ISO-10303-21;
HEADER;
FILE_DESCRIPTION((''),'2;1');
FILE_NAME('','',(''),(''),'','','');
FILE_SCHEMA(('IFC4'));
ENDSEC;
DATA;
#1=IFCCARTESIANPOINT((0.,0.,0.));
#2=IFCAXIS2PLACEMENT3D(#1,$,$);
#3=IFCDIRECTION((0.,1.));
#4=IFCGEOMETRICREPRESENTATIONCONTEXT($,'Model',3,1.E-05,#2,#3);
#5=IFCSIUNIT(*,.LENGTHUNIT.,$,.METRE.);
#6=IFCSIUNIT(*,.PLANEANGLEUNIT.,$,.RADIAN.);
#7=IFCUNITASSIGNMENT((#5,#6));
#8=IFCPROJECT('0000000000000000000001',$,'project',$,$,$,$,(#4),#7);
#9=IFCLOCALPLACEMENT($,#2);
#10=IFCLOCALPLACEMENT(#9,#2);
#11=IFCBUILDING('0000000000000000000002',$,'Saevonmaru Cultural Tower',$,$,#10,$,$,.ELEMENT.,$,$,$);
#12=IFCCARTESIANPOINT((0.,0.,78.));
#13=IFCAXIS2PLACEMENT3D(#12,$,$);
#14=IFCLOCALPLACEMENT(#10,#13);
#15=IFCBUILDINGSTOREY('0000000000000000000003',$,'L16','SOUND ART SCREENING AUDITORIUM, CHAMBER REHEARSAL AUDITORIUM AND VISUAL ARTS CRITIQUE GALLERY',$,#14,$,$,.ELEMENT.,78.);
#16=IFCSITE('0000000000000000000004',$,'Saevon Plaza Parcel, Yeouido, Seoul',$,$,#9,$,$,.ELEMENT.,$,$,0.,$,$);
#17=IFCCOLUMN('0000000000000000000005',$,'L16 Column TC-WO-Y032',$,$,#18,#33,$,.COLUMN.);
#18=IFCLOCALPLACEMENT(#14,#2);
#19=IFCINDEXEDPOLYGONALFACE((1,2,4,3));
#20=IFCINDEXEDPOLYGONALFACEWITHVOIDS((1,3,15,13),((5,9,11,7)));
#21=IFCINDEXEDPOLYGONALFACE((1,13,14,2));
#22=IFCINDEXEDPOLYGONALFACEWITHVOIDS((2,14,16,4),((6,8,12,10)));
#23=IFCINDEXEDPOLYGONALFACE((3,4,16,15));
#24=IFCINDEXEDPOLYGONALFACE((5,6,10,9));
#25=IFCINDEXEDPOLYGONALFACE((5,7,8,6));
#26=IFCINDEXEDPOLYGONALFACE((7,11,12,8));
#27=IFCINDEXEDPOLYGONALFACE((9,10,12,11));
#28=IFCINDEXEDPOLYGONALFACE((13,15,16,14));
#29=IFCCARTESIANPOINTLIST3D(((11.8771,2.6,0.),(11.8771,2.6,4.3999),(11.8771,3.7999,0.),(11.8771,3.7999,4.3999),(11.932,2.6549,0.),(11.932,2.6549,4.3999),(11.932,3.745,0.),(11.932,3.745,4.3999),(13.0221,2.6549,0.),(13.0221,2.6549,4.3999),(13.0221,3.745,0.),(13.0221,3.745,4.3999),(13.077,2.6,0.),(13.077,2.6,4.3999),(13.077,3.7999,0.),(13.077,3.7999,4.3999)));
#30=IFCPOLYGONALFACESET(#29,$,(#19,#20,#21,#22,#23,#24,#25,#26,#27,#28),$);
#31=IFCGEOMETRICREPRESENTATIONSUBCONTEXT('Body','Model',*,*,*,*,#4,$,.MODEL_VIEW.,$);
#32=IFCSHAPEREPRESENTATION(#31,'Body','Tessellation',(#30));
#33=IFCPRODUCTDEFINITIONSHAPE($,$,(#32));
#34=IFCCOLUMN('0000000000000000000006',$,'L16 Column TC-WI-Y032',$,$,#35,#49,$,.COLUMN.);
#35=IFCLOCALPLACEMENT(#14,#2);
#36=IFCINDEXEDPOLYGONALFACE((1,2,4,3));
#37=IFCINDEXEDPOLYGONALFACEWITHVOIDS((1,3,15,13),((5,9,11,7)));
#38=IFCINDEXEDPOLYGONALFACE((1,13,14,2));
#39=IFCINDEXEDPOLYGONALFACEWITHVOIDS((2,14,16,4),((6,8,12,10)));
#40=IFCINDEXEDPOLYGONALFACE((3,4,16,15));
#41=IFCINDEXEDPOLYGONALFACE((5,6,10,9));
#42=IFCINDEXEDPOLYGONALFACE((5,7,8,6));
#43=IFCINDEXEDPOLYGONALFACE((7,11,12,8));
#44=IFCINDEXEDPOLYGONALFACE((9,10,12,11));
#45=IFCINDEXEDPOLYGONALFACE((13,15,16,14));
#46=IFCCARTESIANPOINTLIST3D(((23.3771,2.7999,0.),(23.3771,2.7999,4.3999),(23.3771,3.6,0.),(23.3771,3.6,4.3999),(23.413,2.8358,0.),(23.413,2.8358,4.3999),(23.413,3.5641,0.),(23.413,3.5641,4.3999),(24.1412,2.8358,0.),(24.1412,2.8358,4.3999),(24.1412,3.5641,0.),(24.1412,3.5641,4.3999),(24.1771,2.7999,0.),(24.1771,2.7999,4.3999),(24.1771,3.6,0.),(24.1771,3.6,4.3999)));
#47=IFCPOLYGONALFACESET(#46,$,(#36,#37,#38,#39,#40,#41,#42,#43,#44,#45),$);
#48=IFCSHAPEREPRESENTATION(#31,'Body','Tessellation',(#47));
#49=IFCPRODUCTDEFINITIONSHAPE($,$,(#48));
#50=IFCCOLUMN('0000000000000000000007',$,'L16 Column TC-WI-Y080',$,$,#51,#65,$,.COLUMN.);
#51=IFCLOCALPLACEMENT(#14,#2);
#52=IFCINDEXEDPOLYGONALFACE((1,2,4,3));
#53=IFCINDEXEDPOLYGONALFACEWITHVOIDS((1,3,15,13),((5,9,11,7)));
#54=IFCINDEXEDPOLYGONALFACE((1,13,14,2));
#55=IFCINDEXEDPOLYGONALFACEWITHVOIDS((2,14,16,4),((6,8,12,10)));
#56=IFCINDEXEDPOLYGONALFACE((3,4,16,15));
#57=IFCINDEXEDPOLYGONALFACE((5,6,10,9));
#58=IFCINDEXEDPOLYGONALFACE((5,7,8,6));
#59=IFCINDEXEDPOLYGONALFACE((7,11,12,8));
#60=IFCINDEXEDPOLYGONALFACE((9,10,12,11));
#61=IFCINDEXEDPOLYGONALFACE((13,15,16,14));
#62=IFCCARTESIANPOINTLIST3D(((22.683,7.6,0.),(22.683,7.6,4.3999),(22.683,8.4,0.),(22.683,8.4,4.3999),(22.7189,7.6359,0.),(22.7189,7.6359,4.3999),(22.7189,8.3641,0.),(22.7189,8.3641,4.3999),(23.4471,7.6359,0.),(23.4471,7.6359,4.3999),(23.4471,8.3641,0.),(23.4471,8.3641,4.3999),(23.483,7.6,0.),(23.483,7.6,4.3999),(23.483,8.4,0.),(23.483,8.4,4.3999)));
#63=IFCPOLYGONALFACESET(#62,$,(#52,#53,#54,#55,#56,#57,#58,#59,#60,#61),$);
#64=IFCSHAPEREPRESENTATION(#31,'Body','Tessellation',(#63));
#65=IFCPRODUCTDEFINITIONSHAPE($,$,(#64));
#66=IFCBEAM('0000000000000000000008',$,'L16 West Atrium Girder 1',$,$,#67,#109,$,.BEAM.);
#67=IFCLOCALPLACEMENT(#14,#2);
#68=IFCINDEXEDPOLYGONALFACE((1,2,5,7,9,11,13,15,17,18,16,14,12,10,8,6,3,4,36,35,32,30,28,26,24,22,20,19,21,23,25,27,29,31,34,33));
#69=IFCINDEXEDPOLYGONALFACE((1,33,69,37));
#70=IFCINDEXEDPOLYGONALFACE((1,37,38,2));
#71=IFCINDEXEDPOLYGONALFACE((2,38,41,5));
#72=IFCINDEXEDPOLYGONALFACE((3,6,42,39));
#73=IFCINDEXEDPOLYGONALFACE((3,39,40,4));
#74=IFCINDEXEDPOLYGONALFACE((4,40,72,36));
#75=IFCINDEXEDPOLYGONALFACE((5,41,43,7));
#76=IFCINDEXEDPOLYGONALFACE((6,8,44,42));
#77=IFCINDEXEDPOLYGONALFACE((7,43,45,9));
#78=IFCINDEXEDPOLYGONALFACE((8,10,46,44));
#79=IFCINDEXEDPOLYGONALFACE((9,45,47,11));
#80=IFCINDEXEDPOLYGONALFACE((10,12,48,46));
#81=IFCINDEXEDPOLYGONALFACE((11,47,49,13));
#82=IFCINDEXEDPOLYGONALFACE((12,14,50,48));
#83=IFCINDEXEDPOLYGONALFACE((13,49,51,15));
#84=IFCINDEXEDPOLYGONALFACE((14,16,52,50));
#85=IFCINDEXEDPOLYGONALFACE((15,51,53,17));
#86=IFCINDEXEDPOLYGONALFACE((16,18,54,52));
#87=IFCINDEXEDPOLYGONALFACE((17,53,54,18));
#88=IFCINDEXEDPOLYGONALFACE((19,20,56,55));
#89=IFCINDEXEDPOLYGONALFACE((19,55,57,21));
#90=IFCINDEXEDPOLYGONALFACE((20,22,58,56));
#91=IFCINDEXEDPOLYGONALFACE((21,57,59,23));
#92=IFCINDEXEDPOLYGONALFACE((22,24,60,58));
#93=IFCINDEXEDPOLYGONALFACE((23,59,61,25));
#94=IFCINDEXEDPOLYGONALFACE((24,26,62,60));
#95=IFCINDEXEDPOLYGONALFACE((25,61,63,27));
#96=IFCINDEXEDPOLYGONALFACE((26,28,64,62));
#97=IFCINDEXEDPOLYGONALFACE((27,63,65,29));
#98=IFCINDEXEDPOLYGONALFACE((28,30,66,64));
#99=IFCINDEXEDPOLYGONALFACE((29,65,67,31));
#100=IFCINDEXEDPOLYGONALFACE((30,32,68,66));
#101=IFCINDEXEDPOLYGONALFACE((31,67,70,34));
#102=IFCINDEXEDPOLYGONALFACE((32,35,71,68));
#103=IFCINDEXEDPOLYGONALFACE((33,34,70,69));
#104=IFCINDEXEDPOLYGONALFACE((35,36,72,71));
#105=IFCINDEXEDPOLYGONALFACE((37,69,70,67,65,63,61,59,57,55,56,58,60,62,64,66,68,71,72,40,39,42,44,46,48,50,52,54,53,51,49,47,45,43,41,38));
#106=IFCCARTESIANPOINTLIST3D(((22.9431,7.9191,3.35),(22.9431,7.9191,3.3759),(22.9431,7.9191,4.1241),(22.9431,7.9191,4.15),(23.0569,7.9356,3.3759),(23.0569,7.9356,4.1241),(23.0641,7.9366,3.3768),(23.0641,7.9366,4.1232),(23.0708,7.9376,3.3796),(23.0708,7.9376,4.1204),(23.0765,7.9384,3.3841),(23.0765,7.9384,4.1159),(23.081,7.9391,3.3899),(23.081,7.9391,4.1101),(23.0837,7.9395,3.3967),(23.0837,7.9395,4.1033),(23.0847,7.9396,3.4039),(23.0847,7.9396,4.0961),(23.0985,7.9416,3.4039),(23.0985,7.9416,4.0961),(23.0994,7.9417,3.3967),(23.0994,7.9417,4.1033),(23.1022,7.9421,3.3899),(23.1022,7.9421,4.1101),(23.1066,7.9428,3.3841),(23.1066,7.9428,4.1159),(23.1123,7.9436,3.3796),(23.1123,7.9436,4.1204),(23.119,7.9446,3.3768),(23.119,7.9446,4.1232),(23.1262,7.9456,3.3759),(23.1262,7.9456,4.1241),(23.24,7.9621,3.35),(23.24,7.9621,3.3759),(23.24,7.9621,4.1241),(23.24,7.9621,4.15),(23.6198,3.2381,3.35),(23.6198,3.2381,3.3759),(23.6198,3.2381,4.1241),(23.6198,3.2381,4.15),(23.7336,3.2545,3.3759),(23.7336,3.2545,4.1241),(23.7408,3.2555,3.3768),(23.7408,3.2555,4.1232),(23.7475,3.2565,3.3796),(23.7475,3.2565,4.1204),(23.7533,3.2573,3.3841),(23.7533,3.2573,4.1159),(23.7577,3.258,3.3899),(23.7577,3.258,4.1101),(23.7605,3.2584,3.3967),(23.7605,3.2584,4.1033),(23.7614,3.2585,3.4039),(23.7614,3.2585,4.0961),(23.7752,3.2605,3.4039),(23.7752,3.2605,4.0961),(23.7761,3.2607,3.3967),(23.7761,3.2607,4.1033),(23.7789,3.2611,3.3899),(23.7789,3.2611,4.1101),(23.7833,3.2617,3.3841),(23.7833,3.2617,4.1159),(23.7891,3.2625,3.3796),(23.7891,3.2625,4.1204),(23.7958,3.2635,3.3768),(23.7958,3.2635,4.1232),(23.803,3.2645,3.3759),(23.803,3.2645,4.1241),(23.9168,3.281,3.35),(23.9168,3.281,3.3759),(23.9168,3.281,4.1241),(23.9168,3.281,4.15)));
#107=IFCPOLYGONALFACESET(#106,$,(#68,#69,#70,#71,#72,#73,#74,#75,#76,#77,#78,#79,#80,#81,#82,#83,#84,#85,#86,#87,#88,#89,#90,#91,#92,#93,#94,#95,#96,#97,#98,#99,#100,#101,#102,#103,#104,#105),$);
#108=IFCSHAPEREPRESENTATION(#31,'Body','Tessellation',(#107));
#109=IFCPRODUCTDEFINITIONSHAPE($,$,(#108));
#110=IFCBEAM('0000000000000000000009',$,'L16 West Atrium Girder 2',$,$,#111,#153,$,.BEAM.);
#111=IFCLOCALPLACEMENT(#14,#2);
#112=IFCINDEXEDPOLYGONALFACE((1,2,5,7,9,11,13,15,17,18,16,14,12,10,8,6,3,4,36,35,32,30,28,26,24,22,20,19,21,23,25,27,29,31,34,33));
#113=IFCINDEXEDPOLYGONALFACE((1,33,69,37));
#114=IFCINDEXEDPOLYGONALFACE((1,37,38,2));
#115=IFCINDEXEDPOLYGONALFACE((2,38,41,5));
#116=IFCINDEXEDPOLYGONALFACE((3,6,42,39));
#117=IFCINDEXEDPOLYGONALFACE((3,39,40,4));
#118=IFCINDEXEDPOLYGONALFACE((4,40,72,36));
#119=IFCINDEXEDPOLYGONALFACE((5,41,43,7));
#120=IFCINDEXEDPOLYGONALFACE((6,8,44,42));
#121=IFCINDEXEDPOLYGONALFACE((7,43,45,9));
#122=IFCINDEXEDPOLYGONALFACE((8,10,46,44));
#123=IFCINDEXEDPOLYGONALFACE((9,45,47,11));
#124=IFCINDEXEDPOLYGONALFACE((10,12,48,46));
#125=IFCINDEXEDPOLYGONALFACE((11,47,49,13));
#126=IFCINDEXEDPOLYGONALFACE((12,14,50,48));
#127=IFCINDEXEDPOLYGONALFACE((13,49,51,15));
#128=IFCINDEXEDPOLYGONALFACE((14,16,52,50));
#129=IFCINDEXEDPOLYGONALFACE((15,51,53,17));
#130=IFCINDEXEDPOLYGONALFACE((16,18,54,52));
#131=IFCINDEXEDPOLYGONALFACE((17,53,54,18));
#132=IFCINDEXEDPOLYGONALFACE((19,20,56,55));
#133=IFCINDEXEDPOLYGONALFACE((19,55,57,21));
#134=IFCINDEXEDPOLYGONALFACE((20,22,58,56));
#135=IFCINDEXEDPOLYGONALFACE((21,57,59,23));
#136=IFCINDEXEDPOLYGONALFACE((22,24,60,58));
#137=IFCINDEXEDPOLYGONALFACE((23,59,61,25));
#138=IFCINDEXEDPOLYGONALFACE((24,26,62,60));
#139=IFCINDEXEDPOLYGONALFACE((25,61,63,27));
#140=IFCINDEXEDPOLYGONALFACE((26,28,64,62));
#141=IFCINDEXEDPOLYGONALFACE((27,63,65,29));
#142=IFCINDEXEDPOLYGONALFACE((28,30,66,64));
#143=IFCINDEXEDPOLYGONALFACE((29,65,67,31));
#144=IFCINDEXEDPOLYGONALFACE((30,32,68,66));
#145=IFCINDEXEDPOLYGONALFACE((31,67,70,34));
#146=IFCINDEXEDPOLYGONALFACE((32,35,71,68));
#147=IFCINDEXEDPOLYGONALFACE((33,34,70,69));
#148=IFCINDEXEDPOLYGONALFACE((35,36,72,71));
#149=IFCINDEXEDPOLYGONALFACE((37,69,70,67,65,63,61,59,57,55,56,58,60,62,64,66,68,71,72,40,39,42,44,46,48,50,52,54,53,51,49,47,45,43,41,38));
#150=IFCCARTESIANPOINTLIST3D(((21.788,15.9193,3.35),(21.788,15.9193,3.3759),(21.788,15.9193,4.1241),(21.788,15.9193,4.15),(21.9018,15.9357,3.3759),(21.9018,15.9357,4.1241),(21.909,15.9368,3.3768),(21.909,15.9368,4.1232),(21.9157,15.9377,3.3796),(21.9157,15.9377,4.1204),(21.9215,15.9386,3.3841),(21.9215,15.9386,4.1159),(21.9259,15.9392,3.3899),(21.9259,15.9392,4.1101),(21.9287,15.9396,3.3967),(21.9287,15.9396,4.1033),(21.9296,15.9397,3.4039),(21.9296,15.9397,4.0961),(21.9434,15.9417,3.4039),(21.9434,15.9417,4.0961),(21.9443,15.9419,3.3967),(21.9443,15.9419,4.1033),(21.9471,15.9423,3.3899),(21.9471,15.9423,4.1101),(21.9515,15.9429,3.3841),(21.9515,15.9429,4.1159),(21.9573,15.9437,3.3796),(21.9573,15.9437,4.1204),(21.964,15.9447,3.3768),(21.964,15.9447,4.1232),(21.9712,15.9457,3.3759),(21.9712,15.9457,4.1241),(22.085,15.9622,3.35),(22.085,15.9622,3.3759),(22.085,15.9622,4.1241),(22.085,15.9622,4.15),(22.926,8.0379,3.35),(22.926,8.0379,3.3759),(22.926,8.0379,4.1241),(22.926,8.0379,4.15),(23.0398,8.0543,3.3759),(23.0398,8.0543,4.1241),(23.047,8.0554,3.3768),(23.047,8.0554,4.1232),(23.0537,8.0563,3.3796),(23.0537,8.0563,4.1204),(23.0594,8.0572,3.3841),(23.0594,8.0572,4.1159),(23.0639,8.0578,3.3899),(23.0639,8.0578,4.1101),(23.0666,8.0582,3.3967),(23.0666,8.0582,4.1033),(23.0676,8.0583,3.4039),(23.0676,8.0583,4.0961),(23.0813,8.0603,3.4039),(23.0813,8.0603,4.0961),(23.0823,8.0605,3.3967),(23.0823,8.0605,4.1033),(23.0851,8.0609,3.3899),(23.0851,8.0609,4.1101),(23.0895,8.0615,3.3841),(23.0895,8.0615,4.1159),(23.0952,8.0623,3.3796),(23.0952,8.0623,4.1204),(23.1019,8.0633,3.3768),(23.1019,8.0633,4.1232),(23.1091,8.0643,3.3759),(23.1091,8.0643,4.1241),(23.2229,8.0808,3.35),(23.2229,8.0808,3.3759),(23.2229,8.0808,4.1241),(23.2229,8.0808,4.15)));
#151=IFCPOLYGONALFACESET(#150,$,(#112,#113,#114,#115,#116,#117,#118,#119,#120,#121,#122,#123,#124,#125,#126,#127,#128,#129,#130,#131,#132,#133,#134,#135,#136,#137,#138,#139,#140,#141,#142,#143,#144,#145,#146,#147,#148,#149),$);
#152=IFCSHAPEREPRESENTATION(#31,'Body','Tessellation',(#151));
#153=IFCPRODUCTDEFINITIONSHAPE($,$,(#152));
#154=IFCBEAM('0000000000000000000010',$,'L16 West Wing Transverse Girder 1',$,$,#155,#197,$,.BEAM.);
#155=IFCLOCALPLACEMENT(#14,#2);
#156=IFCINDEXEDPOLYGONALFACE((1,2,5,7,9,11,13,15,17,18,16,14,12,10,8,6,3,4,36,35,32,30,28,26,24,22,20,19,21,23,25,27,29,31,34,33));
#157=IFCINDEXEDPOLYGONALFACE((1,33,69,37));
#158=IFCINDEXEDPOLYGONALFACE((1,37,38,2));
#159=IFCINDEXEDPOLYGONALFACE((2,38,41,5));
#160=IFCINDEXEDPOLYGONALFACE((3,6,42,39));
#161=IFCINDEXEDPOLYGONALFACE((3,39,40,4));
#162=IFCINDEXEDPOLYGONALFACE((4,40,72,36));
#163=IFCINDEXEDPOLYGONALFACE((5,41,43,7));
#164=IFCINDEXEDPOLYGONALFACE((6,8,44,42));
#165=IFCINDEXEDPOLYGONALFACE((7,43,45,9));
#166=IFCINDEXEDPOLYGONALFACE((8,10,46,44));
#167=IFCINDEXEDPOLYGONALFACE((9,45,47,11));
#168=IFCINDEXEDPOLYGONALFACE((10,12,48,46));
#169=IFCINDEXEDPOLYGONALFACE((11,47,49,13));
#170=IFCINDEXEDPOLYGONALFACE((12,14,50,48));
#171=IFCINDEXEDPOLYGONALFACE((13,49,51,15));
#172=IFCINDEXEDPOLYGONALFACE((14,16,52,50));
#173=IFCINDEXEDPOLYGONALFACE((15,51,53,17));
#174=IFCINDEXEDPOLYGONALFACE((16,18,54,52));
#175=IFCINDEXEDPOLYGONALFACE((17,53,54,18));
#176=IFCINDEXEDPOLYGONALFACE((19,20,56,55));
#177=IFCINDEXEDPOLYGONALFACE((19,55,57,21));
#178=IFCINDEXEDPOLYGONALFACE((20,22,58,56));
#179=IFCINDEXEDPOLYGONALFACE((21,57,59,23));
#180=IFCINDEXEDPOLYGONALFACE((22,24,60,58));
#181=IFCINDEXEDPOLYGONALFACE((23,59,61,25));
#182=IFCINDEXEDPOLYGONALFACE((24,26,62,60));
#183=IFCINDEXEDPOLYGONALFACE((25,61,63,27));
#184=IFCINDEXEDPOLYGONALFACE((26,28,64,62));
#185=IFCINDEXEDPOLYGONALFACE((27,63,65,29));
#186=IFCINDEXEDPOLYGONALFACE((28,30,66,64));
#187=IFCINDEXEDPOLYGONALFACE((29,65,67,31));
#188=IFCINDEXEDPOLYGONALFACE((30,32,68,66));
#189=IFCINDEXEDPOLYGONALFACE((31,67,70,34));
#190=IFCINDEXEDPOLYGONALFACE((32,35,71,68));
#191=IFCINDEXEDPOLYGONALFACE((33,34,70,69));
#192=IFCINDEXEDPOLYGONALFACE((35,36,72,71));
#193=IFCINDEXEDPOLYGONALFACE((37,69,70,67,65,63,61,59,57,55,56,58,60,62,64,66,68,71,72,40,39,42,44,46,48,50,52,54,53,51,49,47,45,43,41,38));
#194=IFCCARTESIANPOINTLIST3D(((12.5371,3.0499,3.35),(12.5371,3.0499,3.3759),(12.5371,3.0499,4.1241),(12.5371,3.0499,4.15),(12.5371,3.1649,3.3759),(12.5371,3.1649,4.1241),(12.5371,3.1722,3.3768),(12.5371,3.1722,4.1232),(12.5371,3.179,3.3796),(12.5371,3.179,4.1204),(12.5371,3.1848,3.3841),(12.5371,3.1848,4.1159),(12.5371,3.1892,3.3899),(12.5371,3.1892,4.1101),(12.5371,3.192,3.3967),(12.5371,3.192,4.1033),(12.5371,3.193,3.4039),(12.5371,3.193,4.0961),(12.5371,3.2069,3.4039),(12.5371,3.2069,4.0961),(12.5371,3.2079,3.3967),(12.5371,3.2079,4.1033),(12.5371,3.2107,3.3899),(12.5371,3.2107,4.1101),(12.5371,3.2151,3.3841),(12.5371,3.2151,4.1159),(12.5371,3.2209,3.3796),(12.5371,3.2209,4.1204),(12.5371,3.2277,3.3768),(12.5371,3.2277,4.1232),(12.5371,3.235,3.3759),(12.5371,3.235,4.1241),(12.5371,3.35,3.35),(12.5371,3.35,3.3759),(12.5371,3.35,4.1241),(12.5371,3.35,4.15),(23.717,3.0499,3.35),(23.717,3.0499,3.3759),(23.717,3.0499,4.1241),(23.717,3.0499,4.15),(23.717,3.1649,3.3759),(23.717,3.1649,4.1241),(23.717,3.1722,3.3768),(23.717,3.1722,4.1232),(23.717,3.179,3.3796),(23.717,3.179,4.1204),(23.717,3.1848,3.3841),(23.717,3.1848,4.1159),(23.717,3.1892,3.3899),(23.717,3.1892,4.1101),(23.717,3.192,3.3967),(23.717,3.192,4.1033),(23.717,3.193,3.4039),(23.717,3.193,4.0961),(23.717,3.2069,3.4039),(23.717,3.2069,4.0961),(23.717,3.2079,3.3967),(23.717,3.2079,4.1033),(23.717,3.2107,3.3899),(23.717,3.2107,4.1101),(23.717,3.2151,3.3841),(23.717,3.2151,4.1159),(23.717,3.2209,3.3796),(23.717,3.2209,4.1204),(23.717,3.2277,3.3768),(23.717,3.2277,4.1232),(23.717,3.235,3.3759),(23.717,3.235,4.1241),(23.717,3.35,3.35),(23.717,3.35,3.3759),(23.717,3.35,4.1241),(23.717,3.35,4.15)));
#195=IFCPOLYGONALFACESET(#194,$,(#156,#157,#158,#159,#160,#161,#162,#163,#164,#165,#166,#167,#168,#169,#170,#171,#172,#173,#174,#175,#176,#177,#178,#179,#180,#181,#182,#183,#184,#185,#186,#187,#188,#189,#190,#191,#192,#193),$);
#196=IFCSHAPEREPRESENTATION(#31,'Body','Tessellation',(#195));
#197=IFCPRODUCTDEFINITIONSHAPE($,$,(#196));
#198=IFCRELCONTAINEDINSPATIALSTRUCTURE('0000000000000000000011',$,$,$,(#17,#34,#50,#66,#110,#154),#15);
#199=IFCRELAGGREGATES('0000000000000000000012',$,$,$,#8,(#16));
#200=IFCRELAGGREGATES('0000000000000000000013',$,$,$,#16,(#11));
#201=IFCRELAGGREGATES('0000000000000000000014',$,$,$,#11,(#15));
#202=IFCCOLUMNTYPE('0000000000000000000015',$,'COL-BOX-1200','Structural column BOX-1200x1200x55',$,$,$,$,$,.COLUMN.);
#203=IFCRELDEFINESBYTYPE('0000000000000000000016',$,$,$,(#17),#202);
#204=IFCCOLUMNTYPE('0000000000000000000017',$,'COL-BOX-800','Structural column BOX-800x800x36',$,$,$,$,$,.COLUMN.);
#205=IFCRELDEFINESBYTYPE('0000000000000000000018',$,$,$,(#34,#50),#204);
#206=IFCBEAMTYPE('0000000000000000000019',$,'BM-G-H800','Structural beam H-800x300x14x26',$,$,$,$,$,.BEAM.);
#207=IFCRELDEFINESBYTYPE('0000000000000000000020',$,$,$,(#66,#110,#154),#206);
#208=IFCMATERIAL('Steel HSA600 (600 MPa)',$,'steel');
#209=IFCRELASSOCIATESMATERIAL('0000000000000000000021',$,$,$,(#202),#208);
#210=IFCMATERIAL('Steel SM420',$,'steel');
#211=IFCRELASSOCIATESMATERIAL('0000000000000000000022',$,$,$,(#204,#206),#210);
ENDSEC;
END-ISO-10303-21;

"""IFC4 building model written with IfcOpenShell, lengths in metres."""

from ifc_helpers import new_model, si_unit, direction, frame, origin, origin_2d, place, context, subcontext, project, spatial, hollow_rectangle, i_section, extrude, material, material_profile, profile_set, type_object, element, save


model = new_model("IFC4")

# Units and contexts
model_context = context("Model", 3, precision=1e-05, world=origin(), true_north=direction((0.0, 1.0)))
body_context = subcontext(model_context, "Body", "Model", "MODEL_VIEW")
ifc_project = project(units=[si_unit("LENGTHUNIT", "METRE"), si_unit("PLANEANGLEUNIT", "RADIAN")], contexts=[model_context])

# Site, building, storey
site_placement = place(None, origin())
site = spatial("IfcSite", under=ifc_project, at=site_placement, Name="Saevon Plaza Parcel, Yeouido, Seoul", CompositionType="ELEMENT", RefElevation=0.0)
building_placement = place(site_placement, origin())
building = spatial("IfcBuilding", under=site, at=building_placement, Name="Saevonmaru Cultural Tower", CompositionType="ELEMENT")
storey_placement = place(building_placement, frame((0.0, 0.0, 78.0)))
storey = spatial("IfcBuildingStorey", under=building, at=storey_placement, Name="L16", Description="SOUND ART SCREENING AUDITORIUM, CHAMBER REHEARSAL AUDITORIUM AND VISUAL ARTS CRITIQUE GALLERY", CompositionType="ELEMENT", Elevation=78.0)

# Columns
ifc_material_1 = material(Name="Steel HSA600 (600 MPa)", Category="steel")
ifc_material_profile_1 = material_profile(ifc_material_1, hollow_rectangle(XDim=1.2, YDim=1.2, WallThickness=0.0549, at=origin_2d()), Name="BOX-1200x1200x55")
ifc_profile_set_1 = profile_set([ifc_material_profile_1], Name="Steel HSA600 (600 MPa)")
column_type_1 = type_object("IfcColumnType", Name="COL-BOX-1200", Description="Structural column BOX-1200x1200x55", PredefinedType="COLUMN", material=ifc_profile_set_1)
column_placement = place(storey_placement, frame((12.4771, 3.2, 0.0), z_axis=(0.0, 0.0, 1.0), x_axis=(1.0, 0.0, 0.0)))
element("IfcColumn", 1, at=column_placement, inside=storey, type_object=column_type_1, Name="L16 Column TC-WO-Y032", PredefinedType="COLUMN", context=body_context, shape_type="SweptSolid", body=[
    extrude(hollow_rectangle(XDim=1.2, YDim=1.2, WallThickness=0.0549, at=origin_2d()), origin(), (0.0, 0.0, 1.0), 4.3999),
])
ifc_material_2 = material(Name="Steel SM420", Category="steel")
ifc_material_profile_2 = material_profile(ifc_material_2, hollow_rectangle(XDim=0.8, YDim=0.8, WallThickness=0.0359, at=origin_2d()), Name="BOX-800x800x36")
ifc_profile_set_2 = profile_set([ifc_material_profile_2], Name="Steel SM420")
column_type_2 = type_object("IfcColumnType", Name="COL-BOX-800", Description="Structural column BOX-800x800x36", PredefinedType="COLUMN", material=ifc_profile_set_2)
for number, where, z_axis, x_axis, name in (
    (2, (23.7771, 3.2, 0.0), (0.0, 0.0, 1.0), (1.0, 0.0, 0.0), "L16 Column TC-WI-Y032"),
    (3, (23.083, 8.0, 0.0), (0.0, 0.0, 1.0), (1.0, 0.0, 0.0), "L16 Column TC-WI-Y080"),
):
    element("IfcColumn", number, at=place(storey_placement, frame(where, z_axis=z_axis, x_axis=x_axis)), inside=storey, type_object=column_type_2, Name=name, PredefinedType="COLUMN", context=body_context, shape_type="SweptSolid", body=[
        extrude(hollow_rectangle(XDim=0.8, YDim=0.8, WallThickness=0.0359, at=origin_2d()), origin(), (0.0, 0.0, 1.0), 4.3999),
    ])

# Beams
ifc_material_profile_3 = material_profile(ifc_material_2, i_section(OverallWidth=0.3, OverallDepth=0.8, WebThickness=0.0139, FlangeThickness=0.0259, FilletRadius=0.0281, at=origin_2d()), Name="H-800x300x14x26")
ifc_profile_set_3 = profile_set([ifc_material_profile_3], Name="Steel SM420")
beam_type_1 = type_object("IfcBeamType", Name="BM-G-H800", Description="Structural beam H-800x300x14x26", PredefinedType="BEAM", material=ifc_profile_set_3)
beam_1_placement = place(storey_placement, frame((23.7683, 3.2595, 3.75), z_axis=(-0.143083, 0.989711, 0.0), x_axis=(-0.989711, -0.143083, 0.0)))
element("IfcBeam", 4, at=beam_1_placement, inside=storey, type_object=beam_type_1, Name="L16 West Atrium Girder 1", PredefinedType="BEAM", context=body_context, shape_type="SweptSolid", body=[
    extrude(i_section(OverallWidth=0.3, OverallDepth=0.8, WebThickness=0.0139, FlangeThickness=0.0259, FilletRadius=0.0281, at=origin_2d()), origin(), (0.0, 0.0, 1.0), 4.7297),
])
beam_2_placement = place(storey_placement, frame((23.0745, 8.0593, 3.75), z_axis=(-0.142902, 0.989737, 0.0), x_axis=(-0.989737, -0.142902, 0.0)))
element("IfcBeam", 5, at=beam_2_placement, inside=storey, type_object=beam_type_1, Name="L16 West Atrium Girder 2", PredefinedType="BEAM", context=body_context, shape_type="SweptSolid", body=[
    extrude(i_section(OverallWidth=0.3, OverallDepth=0.8, WebThickness=0.0139, FlangeThickness=0.0259, FilletRadius=0.0281, at=origin_2d()), origin(), (0.0, 0.0, 1.0), 7.9631),
])
beam_3_placement = place(storey_placement, frame((12.5371, 3.2, 3.75), z_axis=(1.0, 0.0, 0.0), x_axis=(0.0, 1.0, 0.0)))
element("IfcBeam", 6, at=beam_3_placement, inside=storey, type_object=beam_type_1, Name="L16 West Wing Transverse Girder 1", PredefinedType="BEAM", context=body_context, shape_type="SweptSolid", body=[
    extrude(i_section(OverallWidth=0.3, OverallDepth=0.8, WebThickness=0.0139, FlangeThickness=0.0259, FilletRadius=0.0281, at=origin_2d()), origin(), (0.0, 0.0, 1.0), 11.1799),
])

save(model, "model.ifc")
